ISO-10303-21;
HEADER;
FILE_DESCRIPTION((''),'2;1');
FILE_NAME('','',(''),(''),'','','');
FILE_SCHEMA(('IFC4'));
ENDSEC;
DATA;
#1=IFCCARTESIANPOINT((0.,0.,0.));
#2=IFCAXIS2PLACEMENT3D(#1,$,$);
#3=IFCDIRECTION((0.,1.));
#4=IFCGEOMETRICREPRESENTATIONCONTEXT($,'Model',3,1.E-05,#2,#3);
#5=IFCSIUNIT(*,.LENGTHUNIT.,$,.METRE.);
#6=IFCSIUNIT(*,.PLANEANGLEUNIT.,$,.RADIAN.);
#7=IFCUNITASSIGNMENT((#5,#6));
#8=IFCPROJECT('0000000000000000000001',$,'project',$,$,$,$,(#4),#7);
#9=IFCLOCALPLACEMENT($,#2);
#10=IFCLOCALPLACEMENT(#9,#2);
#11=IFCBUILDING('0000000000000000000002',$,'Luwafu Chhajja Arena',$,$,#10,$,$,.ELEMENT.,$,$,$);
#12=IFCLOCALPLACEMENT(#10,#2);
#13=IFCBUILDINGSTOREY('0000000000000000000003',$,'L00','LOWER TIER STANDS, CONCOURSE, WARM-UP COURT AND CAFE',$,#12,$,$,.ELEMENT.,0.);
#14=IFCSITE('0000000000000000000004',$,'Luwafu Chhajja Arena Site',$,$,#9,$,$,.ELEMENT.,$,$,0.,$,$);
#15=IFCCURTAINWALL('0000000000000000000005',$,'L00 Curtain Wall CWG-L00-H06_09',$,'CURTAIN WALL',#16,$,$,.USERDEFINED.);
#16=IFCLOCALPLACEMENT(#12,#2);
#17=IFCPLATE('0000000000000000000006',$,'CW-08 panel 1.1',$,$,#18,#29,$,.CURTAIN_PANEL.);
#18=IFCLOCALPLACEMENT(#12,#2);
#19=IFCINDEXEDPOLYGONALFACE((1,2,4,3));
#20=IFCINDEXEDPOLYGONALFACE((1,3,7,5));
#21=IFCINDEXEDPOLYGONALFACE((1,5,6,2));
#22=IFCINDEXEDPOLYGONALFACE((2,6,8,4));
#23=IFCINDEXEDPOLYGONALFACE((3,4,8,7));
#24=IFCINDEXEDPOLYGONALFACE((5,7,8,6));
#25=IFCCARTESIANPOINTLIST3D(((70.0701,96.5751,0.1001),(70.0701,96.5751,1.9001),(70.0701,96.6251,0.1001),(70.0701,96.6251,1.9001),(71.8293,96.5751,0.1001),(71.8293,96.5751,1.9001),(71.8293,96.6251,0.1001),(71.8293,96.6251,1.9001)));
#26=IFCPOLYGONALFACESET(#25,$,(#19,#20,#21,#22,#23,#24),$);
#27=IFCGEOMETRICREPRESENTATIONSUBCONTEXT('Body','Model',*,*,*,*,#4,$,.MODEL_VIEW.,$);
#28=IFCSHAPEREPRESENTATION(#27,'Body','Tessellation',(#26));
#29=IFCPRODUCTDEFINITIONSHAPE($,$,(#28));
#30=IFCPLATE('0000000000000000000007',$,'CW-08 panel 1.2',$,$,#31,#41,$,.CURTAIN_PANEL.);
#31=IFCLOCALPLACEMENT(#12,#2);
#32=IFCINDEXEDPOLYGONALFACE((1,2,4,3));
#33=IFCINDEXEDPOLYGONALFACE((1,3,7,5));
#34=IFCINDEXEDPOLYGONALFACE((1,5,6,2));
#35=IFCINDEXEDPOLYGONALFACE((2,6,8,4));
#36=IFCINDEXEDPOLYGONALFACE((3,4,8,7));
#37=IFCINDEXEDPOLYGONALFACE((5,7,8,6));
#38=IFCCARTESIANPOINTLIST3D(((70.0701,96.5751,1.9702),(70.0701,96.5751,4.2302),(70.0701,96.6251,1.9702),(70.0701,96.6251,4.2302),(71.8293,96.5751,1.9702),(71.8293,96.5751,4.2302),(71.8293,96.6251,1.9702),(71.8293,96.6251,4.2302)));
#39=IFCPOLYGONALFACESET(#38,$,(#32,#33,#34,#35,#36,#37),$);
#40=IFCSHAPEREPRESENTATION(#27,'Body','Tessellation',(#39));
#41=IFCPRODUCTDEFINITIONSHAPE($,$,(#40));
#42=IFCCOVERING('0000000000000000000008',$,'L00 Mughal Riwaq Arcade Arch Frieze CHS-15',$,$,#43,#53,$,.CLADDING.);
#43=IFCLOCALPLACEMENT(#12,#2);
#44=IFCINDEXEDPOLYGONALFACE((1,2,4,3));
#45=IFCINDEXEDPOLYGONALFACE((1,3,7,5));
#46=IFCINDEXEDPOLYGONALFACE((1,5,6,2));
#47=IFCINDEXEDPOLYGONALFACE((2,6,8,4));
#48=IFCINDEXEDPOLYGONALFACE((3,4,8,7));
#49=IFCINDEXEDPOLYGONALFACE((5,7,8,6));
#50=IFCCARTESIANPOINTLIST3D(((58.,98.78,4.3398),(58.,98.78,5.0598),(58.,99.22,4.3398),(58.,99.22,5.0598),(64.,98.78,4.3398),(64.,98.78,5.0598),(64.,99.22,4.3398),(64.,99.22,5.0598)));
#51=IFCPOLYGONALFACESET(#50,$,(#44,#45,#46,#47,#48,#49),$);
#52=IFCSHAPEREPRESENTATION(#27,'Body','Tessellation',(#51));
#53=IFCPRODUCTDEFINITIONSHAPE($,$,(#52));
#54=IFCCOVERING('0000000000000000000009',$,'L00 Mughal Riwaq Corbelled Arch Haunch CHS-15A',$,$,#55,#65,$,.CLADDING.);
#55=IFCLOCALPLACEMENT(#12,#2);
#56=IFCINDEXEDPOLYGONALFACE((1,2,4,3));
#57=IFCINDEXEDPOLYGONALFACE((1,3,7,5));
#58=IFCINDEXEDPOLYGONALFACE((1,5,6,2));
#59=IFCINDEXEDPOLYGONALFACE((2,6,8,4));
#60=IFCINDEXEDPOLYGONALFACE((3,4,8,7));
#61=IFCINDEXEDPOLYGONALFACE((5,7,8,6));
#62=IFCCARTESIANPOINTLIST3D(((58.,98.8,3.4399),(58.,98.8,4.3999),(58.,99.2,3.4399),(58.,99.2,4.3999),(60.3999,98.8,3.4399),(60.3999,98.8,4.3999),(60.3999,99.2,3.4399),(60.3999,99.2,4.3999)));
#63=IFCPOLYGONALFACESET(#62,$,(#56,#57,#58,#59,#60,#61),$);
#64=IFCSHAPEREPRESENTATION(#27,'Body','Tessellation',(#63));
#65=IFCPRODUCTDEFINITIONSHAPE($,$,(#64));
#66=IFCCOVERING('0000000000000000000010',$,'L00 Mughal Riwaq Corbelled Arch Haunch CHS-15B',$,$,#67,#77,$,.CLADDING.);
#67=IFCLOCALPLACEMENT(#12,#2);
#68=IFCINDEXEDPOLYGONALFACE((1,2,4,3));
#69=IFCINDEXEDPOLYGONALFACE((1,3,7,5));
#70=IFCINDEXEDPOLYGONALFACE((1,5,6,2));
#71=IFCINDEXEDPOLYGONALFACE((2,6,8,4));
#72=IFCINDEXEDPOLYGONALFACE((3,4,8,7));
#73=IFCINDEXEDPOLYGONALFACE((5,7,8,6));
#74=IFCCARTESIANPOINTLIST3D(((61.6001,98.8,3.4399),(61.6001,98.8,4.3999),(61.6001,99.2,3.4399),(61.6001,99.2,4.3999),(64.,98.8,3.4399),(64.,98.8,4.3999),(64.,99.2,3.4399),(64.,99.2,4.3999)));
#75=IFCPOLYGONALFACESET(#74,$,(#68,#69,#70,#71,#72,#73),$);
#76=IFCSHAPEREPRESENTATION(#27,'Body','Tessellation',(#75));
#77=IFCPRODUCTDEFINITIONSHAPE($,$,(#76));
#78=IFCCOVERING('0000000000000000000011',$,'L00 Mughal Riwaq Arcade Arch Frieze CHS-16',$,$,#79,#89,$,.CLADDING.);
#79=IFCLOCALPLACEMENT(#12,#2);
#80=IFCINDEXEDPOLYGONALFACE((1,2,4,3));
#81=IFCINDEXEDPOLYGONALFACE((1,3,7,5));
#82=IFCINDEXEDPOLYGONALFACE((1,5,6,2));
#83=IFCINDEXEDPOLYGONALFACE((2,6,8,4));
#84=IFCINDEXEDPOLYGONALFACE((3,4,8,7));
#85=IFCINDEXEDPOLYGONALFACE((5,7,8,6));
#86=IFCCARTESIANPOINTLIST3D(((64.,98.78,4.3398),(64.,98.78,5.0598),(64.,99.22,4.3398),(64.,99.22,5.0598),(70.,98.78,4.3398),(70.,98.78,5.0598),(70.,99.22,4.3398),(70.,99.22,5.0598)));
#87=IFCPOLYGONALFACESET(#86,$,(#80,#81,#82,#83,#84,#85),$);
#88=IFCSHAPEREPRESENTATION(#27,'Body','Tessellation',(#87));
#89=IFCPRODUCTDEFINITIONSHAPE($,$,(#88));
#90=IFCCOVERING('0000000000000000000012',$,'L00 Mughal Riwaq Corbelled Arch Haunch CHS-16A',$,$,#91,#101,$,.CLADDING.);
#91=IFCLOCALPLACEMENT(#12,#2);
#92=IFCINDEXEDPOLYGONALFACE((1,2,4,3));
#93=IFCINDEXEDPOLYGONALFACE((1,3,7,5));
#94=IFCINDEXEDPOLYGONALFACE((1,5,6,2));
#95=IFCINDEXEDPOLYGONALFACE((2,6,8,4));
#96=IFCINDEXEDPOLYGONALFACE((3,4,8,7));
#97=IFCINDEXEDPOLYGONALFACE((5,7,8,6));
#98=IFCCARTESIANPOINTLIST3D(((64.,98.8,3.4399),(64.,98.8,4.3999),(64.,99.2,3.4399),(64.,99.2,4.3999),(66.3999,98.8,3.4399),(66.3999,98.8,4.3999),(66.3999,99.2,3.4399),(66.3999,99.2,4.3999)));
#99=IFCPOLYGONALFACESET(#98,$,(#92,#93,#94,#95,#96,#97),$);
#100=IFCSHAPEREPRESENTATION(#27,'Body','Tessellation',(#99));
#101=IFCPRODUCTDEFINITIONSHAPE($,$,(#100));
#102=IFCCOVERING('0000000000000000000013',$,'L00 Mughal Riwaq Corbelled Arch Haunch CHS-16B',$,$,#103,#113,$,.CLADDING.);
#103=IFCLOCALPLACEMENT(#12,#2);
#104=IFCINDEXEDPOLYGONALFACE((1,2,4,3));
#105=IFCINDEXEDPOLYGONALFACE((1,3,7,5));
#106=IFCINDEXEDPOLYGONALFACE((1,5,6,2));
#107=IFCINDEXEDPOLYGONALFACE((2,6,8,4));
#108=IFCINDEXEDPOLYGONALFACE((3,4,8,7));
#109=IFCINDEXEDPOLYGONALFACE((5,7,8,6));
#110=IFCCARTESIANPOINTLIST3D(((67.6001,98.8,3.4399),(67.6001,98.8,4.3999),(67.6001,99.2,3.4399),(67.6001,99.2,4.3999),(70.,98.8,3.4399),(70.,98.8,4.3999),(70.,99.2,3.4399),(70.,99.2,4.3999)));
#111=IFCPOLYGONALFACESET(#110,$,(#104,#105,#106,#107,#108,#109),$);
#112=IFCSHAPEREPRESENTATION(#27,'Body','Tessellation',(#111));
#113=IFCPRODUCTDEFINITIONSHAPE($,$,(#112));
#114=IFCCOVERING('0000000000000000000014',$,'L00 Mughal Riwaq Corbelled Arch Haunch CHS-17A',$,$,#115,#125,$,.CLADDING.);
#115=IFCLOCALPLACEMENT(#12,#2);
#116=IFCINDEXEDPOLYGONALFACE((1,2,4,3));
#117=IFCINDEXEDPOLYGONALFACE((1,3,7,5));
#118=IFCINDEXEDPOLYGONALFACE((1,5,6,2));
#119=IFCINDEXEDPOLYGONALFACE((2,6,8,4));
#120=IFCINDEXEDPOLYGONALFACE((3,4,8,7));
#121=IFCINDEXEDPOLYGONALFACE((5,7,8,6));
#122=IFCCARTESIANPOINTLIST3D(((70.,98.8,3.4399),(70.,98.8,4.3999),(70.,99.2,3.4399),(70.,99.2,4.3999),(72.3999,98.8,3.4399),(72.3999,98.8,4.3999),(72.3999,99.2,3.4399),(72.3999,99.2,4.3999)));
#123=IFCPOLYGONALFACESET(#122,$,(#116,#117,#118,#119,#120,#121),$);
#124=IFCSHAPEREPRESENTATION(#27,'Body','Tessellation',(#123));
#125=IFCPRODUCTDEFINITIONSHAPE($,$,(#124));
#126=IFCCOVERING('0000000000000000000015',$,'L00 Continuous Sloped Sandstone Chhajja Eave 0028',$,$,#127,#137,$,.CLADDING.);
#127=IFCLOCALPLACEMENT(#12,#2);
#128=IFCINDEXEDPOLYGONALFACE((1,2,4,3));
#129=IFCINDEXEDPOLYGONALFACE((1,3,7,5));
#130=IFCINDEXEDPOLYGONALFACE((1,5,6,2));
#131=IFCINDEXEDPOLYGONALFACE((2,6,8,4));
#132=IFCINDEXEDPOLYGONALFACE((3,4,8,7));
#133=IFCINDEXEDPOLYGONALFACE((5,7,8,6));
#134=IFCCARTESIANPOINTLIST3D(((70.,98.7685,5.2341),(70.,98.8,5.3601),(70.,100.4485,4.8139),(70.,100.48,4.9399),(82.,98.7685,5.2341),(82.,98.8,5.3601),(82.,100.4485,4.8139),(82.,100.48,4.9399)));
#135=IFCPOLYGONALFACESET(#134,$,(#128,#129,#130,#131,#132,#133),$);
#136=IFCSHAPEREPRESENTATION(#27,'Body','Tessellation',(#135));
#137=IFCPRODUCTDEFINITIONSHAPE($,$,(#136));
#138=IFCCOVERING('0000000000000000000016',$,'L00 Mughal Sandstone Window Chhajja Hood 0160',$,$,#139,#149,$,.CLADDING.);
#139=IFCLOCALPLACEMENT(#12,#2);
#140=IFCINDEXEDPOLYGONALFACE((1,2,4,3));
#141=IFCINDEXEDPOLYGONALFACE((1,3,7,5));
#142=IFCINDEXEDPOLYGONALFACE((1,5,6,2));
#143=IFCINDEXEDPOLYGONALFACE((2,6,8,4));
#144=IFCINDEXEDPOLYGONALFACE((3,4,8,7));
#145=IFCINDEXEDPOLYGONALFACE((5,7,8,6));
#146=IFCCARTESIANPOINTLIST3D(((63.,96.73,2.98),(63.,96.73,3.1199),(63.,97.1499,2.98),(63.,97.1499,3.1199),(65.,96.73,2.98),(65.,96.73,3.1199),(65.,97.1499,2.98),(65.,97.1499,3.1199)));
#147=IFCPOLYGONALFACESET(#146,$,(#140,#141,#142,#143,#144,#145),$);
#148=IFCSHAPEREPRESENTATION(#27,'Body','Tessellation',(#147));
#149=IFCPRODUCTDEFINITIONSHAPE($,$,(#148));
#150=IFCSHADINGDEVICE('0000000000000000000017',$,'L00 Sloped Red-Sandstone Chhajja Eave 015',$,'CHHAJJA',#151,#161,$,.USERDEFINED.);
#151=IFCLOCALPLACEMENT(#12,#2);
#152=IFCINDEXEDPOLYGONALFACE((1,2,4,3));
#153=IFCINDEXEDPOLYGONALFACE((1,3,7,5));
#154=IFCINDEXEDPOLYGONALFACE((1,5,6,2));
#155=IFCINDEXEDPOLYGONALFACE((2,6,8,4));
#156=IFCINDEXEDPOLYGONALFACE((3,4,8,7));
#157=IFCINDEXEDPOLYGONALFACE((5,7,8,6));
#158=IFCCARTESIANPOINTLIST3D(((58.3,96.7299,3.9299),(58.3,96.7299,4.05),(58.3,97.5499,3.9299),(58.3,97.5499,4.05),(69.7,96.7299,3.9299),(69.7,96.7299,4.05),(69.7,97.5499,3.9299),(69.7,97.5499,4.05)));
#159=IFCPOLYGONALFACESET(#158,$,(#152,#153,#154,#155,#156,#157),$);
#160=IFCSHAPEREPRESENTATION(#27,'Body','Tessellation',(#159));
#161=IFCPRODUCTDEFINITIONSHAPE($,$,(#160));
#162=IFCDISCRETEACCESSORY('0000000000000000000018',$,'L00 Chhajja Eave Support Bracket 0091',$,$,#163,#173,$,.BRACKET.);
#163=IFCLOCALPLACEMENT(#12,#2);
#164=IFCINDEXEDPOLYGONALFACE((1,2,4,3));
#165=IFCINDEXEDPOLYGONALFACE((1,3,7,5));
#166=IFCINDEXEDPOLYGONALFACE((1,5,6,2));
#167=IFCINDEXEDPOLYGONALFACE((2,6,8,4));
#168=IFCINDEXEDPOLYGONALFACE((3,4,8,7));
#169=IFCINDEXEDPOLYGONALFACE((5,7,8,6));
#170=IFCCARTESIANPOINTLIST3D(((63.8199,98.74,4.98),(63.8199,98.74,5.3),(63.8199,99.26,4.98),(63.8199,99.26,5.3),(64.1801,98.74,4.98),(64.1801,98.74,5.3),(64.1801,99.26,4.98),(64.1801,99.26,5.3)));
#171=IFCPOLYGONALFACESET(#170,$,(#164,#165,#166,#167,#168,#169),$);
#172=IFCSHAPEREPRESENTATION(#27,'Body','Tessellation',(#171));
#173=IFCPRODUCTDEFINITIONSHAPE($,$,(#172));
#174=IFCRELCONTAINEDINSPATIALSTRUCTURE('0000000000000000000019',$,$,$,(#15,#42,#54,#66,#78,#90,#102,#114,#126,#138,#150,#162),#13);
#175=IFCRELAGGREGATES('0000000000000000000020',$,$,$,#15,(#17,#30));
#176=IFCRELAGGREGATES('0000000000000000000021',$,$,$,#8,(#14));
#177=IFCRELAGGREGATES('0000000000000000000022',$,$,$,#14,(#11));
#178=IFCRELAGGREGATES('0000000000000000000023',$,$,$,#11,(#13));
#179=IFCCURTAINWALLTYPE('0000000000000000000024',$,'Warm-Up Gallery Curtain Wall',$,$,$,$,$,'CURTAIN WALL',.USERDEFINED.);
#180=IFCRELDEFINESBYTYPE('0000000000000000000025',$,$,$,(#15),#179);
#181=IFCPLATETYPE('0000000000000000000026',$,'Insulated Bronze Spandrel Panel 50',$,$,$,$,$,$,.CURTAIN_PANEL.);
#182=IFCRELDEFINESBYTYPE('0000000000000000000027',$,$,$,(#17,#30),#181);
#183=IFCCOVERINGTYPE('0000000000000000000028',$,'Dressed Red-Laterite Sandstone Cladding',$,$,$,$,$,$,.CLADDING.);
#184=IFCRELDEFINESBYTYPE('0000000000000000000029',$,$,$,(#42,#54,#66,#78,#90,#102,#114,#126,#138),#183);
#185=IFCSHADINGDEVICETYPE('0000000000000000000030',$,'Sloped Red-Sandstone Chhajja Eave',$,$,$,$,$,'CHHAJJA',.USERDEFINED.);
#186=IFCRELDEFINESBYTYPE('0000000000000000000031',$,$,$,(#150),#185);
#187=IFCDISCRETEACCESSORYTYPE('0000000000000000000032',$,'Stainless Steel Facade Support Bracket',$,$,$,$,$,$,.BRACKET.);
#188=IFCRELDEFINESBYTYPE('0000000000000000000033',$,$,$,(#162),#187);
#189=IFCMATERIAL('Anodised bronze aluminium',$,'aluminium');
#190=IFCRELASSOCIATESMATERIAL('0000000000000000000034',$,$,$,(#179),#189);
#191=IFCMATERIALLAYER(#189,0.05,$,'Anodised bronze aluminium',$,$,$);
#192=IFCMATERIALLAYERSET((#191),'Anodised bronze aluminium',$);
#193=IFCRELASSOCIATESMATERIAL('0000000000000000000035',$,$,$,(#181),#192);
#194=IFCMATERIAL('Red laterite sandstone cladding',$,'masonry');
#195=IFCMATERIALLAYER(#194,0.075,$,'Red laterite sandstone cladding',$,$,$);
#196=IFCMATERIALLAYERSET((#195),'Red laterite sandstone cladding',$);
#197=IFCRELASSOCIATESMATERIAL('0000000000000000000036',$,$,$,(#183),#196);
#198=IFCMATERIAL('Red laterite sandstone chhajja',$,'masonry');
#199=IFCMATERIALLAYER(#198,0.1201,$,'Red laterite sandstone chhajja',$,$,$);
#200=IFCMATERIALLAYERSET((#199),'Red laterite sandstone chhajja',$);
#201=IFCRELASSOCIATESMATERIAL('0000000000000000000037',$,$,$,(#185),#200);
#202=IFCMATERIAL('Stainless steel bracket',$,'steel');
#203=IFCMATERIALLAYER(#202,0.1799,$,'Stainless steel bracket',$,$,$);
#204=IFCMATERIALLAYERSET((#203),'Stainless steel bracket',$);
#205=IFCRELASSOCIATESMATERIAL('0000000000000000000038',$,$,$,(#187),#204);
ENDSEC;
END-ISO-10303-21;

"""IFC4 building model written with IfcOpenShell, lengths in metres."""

from ifc_helpers import new_model, si_unit, direction, frame, origin, origin_2d, place, context, subcontext, project, spatial, polyline, rectangle, outline, extrude, material, layer, layer_set, type_object, element, aggregate, save


model = new_model("IFC4")

# Units and contexts
model_context = context("Model", 3, precision=1e-05, world=origin(), true_north=direction((0.0, 1.0)))
body_context = subcontext(model_context, "Body", "Model", "MODEL_VIEW")
ifc_project = project(units=[si_unit("LENGTHUNIT", "METRE"), si_unit("PLANEANGLEUNIT", "RADIAN")], contexts=[model_context])

# Site, building, storey
site_placement = place(None, origin())
site = spatial("IfcSite", under=ifc_project, at=site_placement, Name="Luwafu Chhajja Arena Site", CompositionType="ELEMENT", RefElevation=0.0)
building_placement = place(site_placement, origin())
building = spatial("IfcBuilding", under=site, at=building_placement, Name="Luwafu Chhajja Arena", CompositionType="ELEMENT")
storey_placement = place(building_placement, origin())
storey = spatial("IfcBuildingStorey", under=building, at=storey_placement, Name="L00", Description="LOWER TIER STANDS, CONCOURSE, WARM-UP COURT AND CAFE", CompositionType="ELEMENT", Elevation=0.0)

# Curtain wall
ifc_material_1 = material(Name="Anodised bronze aluminium", Category="aluminium")
curtain_wall_type = type_object("IfcCurtainWallType", Name="Warm-Up Gallery Curtain Wall", ElementType="CURTAIN WALL", PredefinedType="USERDEFINED", material=ifc_material_1)
curtain_wall_placement = place(storey_placement, origin())
curtain_wall = element("IfcCurtainWall", 1, at=curtain_wall_placement, inside=storey, type_object=curtain_wall_type, Name="L00 Curtain Wall CWG-L00-H06_09", ObjectType="CURTAIN WALL", PredefinedType="USERDEFINED")

# Plates
ifc_layer_1 = layer(ifc_material_1, 0.05, Name="Anodised bronze aluminium")
ifc_layer_set_1 = layer_set([ifc_layer_1], Name="Anodised bronze aluminium")
plate_type = type_object("IfcPlateType", Name="Insulated Bronze Spandrel Panel 50", PredefinedType="CURTAIN_PANEL", material=ifc_layer_set_1)
plate_1_placement = place(storey_placement, frame((70.9497, 96.6001, 0.1001), z_axis=(0.0, 0.0, 1.0), x_axis=(1.0, 0.0, 0.0)))
plate_1 = element("IfcPlate", 2, at=plate_1_placement, type_object=plate_type, Name="CW-08 panel 1.1", PredefinedType="CURTAIN_PANEL", context=body_context, shape_type="SweptSolid", body=[
    extrude(rectangle(XDim=1.7593, YDim=0.05, at=origin_2d()), origin(), (0.0, 0.0, 1.0), 1.8),
])
plate_2_placement = place(storey_placement, frame((70.9497, 96.6001, 1.9702), z_axis=(0.0, 0.0, 1.0), x_axis=(1.0, 0.0, 0.0)))
plate_2 = element("IfcPlate", 3, at=plate_2_placement, type_object=plate_type, Name="CW-08 panel 1.2", PredefinedType="CURTAIN_PANEL", context=body_context, shape_type="SweptSolid", body=[
    extrude(rectangle(XDim=1.7593, YDim=0.05, at=origin_2d()), origin(), (0.0, 0.0, 1.0), 2.26),
])
aggregate(curtain_wall, [plate_1, plate_2])

# Coverings
ifc_material_2 = material(Name="Red laterite sandstone cladding", Category="masonry")
ifc_layer_2 = layer(ifc_material_2, 0.075, Name="Red laterite sandstone cladding")
ifc_layer_set_2 = layer_set([ifc_layer_2], Name="Red laterite sandstone cladding")
covering_type = type_object("IfcCoveringType", Name="Dressed Red-Laterite Sandstone Cladding", PredefinedType="CLADDING", material=ifc_layer_set_2)
covering_1_placement = place(storey_placement, frame((61.0, 99.0, 4.3398), z_axis=(0.0, 0.0, 1.0), x_axis=(1.0, 0.0, 0.0)))
element("IfcCovering", 4, at=covering_1_placement, inside=storey, type_object=covering_type, Name="L00 Mughal Riwaq Arcade Arch Frieze CHS-15", PredefinedType="CLADDING", context=body_context, shape_type="SweptSolid", body=[
    extrude(rectangle(XDim=6.0, YDim=0.4399, at=origin_2d()), origin(), (0.0, 0.0, 1.0), 0.72),
])
for number, where, z_axis, x_axis, name in (
    (5, (59.2, 99.0, 3.4399), (0.0, 0.0, 1.0), (1.0, 0.0, 0.0), "L00 Mughal Riwaq Corbelled Arch Haunch CHS-15A"),
    (6, (62.8, 99.0, 3.4399), (0.0, 0.0, 1.0), (1.0, 0.0, 0.0), "L00 Mughal Riwaq Corbelled Arch Haunch CHS-15B"),
):
    element("IfcCovering", number, at=place(storey_placement, frame(where, z_axis=z_axis, x_axis=x_axis)), inside=storey, type_object=covering_type, Name=name, PredefinedType="CLADDING", context=body_context, shape_type="SweptSolid", body=[
        extrude(rectangle(XDim=2.3999, YDim=0.3999, at=origin_2d()), origin(), (0.0, 0.0, 1.0), 0.96),
    ])
covering_2_placement = place(storey_placement, frame((67.0, 99.0, 4.3398), z_axis=(0.0, 0.0, 1.0), x_axis=(1.0, 0.0, 0.0)))
element("IfcCovering", 7, at=covering_2_placement, inside=storey, type_object=covering_type, Name="L00 Mughal Riwaq Arcade Arch Frieze CHS-16", PredefinedType="CLADDING", context=body_context, shape_type="SweptSolid", body=[
    extrude(rectangle(XDim=6.0, YDim=0.4399, at=origin_2d()), origin(), (0.0, 0.0, 1.0), 0.72),
])
for number, where, z_axis, x_axis, name in (
    (8, (65.2, 99.0, 3.4399), (0.0, 0.0, 1.0), (1.0, 0.0, 0.0), "L00 Mughal Riwaq Corbelled Arch Haunch CHS-16A"),
    (9, (68.8, 99.0, 3.4399), (0.0, 0.0, 1.0), (1.0, 0.0, 0.0), "L00 Mughal Riwaq Corbelled Arch Haunch CHS-16B"),
    (10, (71.2, 99.0, 3.4399), (0.0, 0.0, 1.0), (1.0, 0.0, 0.0), "L00 Mughal Riwaq Corbelled Arch Haunch CHS-17A"),
):
    element("IfcCovering", number, at=place(storey_placement, frame(where, z_axis=z_axis, x_axis=x_axis)), inside=storey, type_object=covering_type, Name=name, PredefinedType="CLADDING", context=body_context, shape_type="SweptSolid", body=[
        extrude(rectangle(XDim=2.3999, YDim=0.3999, at=origin_2d()), origin(), (0.0, 0.0, 1.0), 0.96),
    ])
covering_3_placement = place(storey_placement, frame((70.0, 98.8, 5.3601), z_axis=(0.0, 0.242635, 0.970118), x_axis=(1.0, 0.0, 0.0)))
element("IfcCovering", 11, at=covering_3_placement, inside=storey, type_object=covering_type, Name="L00 Continuous Sloped Sandstone Chhajja Eave 0028", PredefinedType="CLADDING", context=body_context, shape_type="SweptSolid", body=[
    extrude(outline(polyline([(0.0, 0.0), (12.0, 0.0), (12.0, 1.7317), (0.0, 1.7317), (0.0, 0.0)])), origin(), (0.0, 0.0, -1.0), 0.1299),
])
covering_4_placement = place(storey_placement, frame((64.0, 96.9399, 2.98), z_axis=(0.0, 0.0, 1.0), x_axis=(1.0, 0.0, 0.0)))
element("IfcCovering", 12, at=covering_4_placement, inside=storey, type_object=covering_type, Name="L00 Mughal Sandstone Window Chhajja Hood 0160", PredefinedType="CLADDING", context=body_context, shape_type="SweptSolid", body=[
    extrude(rectangle(XDim=2.0, YDim=0.4199, at=origin_2d()), origin(), (0.0, 0.0, 1.0), 0.1399),
])

# Shading device
ifc_material_3 = material(Name="Red laterite sandstone chhajja", Category="masonry")
ifc_layer_3 = layer(ifc_material_3, 0.1201, Name="Red laterite sandstone chhajja")
ifc_layer_set_3 = layer_set([ifc_layer_3], Name="Red laterite sandstone chhajja")
shading_device_type = type_object("IfcShadingDeviceType", Name="Sloped Red-Sandstone Chhajja Eave", ElementType="CHHAJJA", PredefinedType="USERDEFINED", material=ifc_layer_set_3)
shading_device_placement = place(storey_placement, frame((64.0, 97.1399, 3.9299), z_axis=(0.0, 0.0, 1.0), x_axis=(1.0, 0.0, 0.0)))
element("IfcShadingDevice", 13, at=shading_device_placement, inside=storey, type_object=shading_device_type, Name="L00 Sloped Red-Sandstone Chhajja Eave 015", ObjectType="CHHAJJA", PredefinedType="USERDEFINED", context=body_context, shape_type="SweptSolid", body=[
    extrude(rectangle(XDim=11.3999, YDim=0.8201, at=origin_2d()), origin(), (0.0, 0.0, 1.0), 0.1201),
])

# Discrete accessory
ifc_material_4 = material(Name="Stainless steel bracket", Category="steel")
ifc_layer_4 = layer(ifc_material_4, 0.1799, Name="Stainless steel bracket")
ifc_layer_set_4 = layer_set([ifc_layer_4], Name="Stainless steel bracket")
discrete_accessory_type = type_object("IfcDiscreteAccessoryType", Name="Stainless Steel Facade Support Bracket", PredefinedType="BRACKET", material=ifc_layer_set_4)
discrete_accessory_placement = place(storey_placement, frame((64.0, 99.0, 4.98), z_axis=(0.0, 0.0, 1.0), x_axis=(1.0, 0.0, 0.0)))
element("IfcDiscreteAccessory", 14, at=discrete_accessory_placement, inside=storey, type_object=discrete_accessory_type, Name="L00 Chhajja Eave Support Bracket 0091", PredefinedType="BRACKET", context=body_context, shape_type="SweptSolid", body=[
    extrude(rectangle(XDim=0.3601, YDim=0.52, at=origin_2d()), origin(), (0.0, 0.0, 1.0), 0.3201),
])

save(model, "model.ifc")
